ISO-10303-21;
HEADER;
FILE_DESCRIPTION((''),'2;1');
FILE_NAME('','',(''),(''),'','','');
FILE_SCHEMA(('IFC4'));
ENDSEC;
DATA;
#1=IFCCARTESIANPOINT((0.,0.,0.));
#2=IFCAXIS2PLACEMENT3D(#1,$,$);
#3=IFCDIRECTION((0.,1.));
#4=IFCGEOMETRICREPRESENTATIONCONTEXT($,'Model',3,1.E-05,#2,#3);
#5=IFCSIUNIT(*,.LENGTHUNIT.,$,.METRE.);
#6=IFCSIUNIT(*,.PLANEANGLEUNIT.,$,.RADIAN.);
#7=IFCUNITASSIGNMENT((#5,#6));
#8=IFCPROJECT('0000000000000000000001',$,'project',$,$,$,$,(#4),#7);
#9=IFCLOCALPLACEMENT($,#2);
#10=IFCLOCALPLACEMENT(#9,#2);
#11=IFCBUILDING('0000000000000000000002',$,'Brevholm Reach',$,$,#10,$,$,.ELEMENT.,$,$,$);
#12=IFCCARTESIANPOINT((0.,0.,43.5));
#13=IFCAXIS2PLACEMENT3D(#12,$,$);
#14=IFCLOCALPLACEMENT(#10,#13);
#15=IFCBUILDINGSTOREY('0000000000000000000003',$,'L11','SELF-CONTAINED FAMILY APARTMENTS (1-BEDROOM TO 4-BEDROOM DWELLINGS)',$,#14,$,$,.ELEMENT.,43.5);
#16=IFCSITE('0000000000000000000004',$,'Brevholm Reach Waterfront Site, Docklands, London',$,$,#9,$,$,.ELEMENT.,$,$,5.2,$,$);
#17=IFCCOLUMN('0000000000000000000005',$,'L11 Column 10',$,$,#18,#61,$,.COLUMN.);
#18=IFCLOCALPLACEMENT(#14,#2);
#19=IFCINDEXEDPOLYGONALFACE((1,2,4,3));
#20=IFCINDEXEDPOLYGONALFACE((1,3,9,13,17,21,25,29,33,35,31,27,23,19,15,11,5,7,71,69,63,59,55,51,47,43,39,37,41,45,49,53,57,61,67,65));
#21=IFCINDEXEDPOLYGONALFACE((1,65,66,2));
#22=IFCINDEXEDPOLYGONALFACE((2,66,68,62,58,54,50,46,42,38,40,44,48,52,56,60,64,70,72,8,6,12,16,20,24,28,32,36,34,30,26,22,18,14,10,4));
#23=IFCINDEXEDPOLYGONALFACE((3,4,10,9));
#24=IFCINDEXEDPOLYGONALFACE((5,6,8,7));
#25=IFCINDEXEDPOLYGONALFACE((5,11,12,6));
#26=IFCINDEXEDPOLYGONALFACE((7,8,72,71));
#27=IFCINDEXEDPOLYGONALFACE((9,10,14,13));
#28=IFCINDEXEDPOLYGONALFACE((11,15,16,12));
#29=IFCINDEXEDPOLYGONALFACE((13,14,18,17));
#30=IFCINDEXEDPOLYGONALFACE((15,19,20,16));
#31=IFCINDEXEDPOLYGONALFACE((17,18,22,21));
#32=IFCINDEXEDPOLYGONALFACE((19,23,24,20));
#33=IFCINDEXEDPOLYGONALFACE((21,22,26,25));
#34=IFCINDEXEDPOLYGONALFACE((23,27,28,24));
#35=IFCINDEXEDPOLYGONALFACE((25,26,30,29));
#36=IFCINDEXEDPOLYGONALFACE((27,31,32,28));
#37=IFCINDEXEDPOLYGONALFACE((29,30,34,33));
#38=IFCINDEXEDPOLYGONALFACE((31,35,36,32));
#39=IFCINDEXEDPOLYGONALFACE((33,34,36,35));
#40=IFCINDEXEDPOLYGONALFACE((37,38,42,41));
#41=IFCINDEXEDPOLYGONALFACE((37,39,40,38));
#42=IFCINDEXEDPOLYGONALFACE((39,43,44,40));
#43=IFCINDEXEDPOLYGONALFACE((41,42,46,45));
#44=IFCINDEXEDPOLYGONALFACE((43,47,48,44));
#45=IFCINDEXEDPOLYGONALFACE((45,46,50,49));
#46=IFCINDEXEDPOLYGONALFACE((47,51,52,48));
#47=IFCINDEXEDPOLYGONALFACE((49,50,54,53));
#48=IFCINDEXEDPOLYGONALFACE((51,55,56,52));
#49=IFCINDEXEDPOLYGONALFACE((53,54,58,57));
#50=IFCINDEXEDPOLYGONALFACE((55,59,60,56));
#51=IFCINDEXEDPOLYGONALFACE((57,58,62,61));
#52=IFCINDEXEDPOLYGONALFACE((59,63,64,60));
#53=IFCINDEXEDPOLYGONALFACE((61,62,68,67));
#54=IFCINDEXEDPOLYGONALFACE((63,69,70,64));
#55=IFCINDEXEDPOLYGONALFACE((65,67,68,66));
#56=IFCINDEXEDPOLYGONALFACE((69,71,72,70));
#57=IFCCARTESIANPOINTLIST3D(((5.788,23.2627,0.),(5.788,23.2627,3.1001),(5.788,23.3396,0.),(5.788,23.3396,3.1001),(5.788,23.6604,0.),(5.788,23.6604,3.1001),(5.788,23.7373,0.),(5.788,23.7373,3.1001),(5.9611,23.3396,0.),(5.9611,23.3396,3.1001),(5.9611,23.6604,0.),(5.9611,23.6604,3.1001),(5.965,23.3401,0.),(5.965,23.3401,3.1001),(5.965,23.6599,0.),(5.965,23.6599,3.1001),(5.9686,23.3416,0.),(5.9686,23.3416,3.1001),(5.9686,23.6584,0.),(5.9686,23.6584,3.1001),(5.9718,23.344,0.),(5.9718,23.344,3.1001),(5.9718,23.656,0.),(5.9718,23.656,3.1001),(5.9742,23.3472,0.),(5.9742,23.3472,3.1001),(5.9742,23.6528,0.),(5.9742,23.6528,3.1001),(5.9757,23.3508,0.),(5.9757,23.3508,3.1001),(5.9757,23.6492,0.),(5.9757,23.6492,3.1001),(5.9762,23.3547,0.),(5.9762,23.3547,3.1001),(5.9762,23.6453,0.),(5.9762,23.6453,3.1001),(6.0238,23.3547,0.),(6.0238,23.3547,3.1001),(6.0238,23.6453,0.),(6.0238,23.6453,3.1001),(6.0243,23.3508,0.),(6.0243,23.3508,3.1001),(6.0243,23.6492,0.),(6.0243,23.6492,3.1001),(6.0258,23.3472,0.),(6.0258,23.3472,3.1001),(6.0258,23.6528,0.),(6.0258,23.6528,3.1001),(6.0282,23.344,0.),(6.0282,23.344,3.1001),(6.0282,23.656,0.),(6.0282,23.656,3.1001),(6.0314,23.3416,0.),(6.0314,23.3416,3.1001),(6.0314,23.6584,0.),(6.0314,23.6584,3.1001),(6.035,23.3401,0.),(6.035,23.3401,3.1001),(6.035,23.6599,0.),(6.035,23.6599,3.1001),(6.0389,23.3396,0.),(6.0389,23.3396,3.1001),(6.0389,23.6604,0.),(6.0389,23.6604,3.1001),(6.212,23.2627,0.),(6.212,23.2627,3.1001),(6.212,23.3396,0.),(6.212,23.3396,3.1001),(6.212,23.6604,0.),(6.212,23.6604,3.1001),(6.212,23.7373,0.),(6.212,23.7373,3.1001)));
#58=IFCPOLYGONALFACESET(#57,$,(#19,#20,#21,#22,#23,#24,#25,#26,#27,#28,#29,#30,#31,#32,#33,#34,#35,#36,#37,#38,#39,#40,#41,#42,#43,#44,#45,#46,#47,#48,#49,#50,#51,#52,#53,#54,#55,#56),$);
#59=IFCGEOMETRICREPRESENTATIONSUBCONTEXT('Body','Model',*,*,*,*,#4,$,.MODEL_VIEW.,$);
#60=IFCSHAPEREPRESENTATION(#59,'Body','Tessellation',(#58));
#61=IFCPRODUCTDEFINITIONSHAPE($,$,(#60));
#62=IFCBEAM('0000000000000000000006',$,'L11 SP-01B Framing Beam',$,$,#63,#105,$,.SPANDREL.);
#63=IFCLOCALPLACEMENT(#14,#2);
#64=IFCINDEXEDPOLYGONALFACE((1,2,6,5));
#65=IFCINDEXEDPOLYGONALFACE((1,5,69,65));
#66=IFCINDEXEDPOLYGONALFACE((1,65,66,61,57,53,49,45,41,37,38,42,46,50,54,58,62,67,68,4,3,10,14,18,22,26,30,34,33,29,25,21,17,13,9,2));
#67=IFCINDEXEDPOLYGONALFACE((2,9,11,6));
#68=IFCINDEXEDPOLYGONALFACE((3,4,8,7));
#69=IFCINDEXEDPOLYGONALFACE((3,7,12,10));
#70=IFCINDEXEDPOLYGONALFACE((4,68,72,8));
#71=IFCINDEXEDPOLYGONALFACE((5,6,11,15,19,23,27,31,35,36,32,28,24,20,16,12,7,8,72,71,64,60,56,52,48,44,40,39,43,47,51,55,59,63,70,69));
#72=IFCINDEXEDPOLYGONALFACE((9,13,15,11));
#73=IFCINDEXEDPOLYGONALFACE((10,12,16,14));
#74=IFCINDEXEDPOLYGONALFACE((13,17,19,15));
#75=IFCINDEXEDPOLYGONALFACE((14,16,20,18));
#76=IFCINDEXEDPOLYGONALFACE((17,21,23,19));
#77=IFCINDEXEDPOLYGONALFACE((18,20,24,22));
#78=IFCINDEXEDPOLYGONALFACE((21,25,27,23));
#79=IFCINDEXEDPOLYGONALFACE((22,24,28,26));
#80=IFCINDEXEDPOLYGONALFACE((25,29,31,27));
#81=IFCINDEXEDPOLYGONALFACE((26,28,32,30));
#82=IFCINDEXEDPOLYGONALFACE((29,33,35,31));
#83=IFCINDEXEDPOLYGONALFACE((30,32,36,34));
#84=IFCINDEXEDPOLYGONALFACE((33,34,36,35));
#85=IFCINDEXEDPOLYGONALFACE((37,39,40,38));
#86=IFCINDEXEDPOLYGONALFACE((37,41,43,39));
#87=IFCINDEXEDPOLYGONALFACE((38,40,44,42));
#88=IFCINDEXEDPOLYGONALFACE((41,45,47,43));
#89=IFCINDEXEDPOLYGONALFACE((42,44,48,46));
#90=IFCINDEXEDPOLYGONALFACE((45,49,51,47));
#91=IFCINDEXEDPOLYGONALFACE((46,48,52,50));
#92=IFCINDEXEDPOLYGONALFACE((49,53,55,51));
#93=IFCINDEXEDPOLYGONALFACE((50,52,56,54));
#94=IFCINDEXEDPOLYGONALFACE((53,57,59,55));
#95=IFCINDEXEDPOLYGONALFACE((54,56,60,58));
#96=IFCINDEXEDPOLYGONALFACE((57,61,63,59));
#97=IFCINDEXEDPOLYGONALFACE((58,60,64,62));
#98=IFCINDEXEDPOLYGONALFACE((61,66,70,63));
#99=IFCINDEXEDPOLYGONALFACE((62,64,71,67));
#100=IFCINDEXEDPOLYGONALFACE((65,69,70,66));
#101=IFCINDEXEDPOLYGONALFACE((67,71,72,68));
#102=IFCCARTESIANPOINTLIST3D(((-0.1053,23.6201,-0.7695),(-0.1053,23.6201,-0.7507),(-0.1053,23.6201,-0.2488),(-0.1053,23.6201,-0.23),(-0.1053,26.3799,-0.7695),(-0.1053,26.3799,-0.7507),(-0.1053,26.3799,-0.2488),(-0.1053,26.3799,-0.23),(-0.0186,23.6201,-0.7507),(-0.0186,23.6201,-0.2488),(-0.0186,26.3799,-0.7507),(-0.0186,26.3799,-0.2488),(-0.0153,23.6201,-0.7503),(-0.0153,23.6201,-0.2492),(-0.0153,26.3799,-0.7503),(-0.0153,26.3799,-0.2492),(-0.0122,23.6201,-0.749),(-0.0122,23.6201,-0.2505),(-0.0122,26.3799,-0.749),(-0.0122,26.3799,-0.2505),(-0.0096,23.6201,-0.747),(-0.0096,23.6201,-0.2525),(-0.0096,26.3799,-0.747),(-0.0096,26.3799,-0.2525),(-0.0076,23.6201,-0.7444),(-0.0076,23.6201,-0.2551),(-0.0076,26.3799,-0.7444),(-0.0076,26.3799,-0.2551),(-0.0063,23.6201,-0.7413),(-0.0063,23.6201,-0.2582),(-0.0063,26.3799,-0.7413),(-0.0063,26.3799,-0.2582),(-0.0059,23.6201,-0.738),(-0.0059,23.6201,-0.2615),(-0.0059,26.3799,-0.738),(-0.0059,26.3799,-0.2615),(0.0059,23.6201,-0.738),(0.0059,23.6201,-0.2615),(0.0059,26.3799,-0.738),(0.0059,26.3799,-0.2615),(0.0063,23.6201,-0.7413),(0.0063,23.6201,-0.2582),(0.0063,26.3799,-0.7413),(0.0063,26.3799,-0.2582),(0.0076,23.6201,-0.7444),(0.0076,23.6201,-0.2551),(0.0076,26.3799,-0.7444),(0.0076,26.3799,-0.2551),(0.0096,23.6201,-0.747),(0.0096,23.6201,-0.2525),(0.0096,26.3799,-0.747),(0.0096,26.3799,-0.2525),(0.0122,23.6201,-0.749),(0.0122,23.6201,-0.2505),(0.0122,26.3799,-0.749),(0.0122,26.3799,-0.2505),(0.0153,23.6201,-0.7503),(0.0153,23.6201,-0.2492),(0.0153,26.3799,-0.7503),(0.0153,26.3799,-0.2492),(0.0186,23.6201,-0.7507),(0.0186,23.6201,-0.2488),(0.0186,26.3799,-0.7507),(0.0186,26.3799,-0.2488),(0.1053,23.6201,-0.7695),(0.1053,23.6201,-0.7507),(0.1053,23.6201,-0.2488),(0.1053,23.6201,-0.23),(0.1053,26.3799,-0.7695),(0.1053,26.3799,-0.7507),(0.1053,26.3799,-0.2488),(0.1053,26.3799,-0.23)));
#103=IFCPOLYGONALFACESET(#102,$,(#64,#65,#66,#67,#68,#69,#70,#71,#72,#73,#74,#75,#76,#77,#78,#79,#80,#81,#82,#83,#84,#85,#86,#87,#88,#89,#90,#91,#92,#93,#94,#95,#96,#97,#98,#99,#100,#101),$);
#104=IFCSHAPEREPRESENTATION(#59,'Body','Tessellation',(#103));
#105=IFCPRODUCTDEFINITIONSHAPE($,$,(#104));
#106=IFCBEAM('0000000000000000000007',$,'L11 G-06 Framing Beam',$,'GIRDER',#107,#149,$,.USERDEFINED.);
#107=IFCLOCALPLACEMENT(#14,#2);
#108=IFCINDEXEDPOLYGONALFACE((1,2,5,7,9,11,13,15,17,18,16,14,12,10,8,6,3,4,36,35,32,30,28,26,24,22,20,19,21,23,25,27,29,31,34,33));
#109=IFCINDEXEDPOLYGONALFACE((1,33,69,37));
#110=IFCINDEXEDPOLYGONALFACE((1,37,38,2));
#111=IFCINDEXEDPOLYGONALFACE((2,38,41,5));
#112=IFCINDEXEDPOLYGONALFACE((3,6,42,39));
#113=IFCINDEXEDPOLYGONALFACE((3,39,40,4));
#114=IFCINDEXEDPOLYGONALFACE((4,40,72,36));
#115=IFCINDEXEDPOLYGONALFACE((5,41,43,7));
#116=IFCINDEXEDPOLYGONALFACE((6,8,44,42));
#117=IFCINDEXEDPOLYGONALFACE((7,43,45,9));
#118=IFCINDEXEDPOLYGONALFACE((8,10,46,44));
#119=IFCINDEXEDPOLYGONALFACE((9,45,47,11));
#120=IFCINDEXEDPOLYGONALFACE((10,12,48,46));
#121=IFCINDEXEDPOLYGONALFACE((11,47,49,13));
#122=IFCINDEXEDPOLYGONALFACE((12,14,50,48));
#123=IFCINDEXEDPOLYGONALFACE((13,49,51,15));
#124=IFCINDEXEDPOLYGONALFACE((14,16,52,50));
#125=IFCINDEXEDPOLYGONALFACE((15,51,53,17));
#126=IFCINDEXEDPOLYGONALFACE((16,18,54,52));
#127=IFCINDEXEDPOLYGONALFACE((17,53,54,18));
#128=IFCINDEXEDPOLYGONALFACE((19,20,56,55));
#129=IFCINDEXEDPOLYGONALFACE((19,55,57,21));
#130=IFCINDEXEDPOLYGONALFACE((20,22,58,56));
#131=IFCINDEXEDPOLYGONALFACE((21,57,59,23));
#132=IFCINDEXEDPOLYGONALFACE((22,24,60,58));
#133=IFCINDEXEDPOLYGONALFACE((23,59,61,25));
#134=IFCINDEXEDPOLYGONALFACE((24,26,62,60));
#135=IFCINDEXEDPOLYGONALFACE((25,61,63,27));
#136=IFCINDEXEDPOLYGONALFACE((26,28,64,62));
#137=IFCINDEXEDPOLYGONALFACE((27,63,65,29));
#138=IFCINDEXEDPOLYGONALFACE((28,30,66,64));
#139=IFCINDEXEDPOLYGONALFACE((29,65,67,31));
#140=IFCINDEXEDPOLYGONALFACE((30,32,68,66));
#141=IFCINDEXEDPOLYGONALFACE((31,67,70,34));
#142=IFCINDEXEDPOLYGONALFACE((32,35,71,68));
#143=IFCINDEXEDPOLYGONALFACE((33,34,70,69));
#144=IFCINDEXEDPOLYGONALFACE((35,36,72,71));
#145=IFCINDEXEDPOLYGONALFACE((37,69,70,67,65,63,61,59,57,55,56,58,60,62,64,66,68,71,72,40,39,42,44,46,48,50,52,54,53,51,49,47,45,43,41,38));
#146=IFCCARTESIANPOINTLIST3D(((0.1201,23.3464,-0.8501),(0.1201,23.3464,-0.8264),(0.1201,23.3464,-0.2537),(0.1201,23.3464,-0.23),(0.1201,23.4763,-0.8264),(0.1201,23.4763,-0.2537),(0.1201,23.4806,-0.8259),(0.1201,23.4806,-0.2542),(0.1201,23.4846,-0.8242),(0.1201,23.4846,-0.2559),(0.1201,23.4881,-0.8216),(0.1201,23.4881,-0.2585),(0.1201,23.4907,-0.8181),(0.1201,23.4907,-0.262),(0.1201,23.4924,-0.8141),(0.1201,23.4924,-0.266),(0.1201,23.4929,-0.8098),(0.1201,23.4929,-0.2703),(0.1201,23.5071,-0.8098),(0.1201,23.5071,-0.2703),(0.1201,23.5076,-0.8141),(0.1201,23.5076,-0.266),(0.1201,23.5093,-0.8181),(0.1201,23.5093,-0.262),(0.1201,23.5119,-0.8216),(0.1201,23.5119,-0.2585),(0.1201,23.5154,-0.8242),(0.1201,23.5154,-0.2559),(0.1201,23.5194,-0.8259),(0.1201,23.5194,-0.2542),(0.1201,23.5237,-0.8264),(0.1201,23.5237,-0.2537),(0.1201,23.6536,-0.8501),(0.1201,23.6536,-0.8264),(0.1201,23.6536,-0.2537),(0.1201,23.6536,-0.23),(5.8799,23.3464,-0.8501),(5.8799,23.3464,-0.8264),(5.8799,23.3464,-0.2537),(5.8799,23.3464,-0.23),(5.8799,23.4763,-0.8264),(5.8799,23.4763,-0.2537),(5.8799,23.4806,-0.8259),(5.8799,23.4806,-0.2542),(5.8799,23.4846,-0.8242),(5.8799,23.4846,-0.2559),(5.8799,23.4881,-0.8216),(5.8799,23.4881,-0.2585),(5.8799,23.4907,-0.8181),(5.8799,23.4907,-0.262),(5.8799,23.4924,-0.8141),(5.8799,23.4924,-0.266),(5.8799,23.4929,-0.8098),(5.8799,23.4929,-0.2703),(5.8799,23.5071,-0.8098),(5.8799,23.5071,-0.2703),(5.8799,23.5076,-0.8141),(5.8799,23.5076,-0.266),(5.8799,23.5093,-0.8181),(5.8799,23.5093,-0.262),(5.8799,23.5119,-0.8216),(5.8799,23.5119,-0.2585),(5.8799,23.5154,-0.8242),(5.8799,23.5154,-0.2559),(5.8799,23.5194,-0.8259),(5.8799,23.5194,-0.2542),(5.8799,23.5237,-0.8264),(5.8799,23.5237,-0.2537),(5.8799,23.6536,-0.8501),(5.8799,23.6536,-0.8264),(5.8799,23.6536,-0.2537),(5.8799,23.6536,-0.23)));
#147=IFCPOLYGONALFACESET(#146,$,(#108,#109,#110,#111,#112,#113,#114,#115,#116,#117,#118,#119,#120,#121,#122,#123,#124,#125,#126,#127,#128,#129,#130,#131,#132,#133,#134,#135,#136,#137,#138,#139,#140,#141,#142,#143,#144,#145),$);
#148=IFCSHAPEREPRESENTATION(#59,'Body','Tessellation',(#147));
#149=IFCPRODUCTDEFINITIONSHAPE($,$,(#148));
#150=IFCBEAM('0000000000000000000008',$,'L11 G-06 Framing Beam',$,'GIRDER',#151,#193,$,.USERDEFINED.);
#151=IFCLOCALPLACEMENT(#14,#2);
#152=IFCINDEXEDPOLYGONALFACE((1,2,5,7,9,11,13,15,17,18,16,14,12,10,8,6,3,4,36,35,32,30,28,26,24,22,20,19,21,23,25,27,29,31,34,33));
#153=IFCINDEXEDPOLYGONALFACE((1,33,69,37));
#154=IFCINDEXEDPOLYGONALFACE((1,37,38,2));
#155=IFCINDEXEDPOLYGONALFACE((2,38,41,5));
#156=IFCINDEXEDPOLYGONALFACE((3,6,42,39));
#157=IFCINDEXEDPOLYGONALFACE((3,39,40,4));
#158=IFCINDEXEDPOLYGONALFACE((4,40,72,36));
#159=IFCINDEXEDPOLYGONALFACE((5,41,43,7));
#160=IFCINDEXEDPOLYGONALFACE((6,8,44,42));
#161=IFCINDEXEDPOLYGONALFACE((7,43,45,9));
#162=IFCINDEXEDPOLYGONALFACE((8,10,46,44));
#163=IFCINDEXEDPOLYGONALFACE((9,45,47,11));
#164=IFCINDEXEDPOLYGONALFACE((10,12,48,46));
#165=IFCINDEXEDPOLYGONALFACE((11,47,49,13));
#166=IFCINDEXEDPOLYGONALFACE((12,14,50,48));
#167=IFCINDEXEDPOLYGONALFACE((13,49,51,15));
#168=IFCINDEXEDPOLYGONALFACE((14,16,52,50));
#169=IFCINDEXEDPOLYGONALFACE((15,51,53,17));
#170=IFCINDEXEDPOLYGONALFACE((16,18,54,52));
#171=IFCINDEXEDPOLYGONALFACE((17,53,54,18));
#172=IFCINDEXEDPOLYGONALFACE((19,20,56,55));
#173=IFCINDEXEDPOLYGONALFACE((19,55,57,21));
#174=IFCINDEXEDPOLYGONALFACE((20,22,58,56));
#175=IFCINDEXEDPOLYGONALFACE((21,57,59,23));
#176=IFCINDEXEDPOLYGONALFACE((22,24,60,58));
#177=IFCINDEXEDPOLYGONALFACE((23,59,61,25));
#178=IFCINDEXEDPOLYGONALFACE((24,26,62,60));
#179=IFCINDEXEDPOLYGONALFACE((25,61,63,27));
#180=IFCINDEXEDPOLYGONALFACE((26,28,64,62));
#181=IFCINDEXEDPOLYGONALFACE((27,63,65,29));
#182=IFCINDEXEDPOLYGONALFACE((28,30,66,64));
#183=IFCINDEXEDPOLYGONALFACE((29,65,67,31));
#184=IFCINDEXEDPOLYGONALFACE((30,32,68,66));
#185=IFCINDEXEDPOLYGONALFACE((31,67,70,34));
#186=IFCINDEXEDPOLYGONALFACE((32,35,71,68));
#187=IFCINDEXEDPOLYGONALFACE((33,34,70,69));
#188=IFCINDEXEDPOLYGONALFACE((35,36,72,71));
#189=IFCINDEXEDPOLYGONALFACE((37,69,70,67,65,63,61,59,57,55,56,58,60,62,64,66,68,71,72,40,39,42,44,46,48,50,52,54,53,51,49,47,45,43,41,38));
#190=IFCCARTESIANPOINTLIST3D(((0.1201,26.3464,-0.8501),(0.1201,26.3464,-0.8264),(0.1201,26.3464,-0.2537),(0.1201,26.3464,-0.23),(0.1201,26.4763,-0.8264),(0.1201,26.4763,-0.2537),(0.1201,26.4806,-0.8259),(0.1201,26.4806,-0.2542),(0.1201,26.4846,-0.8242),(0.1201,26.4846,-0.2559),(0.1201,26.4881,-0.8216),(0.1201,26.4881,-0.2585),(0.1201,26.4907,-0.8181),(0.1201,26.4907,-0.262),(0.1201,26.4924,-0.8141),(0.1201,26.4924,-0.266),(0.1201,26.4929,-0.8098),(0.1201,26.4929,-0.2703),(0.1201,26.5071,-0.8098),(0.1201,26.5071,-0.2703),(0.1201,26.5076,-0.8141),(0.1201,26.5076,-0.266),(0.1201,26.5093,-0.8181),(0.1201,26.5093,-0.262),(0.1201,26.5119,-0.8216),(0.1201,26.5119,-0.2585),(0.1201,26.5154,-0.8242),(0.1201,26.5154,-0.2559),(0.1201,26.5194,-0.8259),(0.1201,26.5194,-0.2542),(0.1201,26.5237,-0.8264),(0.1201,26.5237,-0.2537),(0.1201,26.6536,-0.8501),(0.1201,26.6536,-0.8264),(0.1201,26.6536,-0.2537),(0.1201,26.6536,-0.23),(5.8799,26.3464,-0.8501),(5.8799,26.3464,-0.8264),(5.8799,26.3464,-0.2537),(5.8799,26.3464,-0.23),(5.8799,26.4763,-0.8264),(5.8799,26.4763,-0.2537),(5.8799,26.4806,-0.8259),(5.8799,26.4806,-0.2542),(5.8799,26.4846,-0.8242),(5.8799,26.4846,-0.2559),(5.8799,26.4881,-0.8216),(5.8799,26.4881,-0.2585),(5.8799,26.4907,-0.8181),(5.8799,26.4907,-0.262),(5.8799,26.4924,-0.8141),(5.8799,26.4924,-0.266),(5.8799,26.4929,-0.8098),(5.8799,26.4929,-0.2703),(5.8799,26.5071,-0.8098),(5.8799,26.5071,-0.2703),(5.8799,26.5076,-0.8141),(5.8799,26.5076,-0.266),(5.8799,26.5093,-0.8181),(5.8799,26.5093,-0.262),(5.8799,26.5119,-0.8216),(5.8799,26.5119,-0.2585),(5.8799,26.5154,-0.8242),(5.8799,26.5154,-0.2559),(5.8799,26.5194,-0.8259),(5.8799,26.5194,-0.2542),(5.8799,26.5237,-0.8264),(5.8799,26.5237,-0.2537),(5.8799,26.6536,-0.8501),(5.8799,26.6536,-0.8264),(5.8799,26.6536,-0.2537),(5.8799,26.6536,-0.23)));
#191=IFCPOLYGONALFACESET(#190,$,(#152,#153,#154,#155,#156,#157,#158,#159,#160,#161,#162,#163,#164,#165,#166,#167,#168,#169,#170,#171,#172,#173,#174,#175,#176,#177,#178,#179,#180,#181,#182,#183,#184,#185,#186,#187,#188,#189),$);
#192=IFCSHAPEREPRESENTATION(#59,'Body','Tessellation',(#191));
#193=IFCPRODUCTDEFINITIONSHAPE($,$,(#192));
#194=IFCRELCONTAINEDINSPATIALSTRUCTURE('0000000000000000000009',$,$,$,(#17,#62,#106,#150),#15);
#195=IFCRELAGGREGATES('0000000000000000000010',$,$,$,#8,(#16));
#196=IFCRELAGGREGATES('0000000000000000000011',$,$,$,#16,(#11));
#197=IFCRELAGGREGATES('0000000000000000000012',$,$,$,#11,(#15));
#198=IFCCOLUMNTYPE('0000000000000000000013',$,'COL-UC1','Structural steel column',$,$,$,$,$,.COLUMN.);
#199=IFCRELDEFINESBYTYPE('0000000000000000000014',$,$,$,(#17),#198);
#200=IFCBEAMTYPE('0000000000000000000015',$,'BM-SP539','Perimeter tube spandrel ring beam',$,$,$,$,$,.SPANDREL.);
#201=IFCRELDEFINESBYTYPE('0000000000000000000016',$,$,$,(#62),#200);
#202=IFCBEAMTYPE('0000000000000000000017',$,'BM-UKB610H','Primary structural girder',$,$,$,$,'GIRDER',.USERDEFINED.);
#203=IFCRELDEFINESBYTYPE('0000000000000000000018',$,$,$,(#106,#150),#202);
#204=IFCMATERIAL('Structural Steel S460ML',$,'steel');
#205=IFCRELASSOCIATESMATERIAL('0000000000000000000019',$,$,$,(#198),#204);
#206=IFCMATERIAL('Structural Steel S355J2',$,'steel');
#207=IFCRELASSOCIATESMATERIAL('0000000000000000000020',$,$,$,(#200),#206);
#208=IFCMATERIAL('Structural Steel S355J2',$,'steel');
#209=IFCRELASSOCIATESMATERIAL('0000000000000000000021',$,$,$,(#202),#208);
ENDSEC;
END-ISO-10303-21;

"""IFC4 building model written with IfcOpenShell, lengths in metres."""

from ifc_helpers import new_model, si_unit, direction, frame, origin, origin_2d, place, context, subcontext, project, spatial, i_section, extrude, material, material_profile, profile_set, type_object, element, save


model = new_model("IFC4")

# Units and contexts
model_context = context("Model", 3, precision=1e-05, world=origin(), true_north=direction((0.0, 1.0)))
body_context = subcontext(model_context, "Body", "Model", "MODEL_VIEW")
ifc_project = project(units=[si_unit("LENGTHUNIT", "METRE"), si_unit("PLANEANGLEUNIT", "RADIAN")], contexts=[model_context])

# Site, building, storey
site_placement = place(None, origin())
site = spatial("IfcSite", under=ifc_project, at=site_placement, Name="Brevholm Reach Waterfront Site, Docklands, London", CompositionType="ELEMENT", RefElevation=5.2)
building_placement = place(site_placement, origin())
building = spatial("IfcBuilding", under=site, at=building_placement, Name="Brevholm Reach", CompositionType="ELEMENT")
storey_placement = place(building_placement, frame((0.0, 0.0, 43.5)))
storey = spatial("IfcBuildingStorey", under=building, at=storey_placement, Name="L11", Description="SELF-CONTAINED FAMILY APARTMENTS (1-BEDROOM TO 4-BEDROOM DWELLINGS)", CompositionType="ELEMENT", Elevation=43.5)

# Column
ifc_material_1 = material(Name="Structural Steel S460ML", Category="steel")
ifc_material_profile_1 = material_profile(ifc_material_1, i_section(OverallWidth=0.4241, OverallDepth=0.4746, WebThickness=0.0476, FlangeThickness=0.0769, FilletRadius=0.0151, at=origin_2d()), Name="UKC 356x406x634")
ifc_profile_set_1 = profile_set([ifc_material_profile_1], Name="Structural Steel S460ML")
column_type_1 = type_object("IfcColumnType", Name="COL-UC1", Description="Structural steel column", PredefinedType="COLUMN", material=ifc_profile_set_1)
column_1_placement = place(storey_placement, frame((6.0, 23.5, 0.0), z_axis=(0.0, 0.0, 1.0), x_axis=(1.0, 0.0, 0.0)))
element("IfcColumn", 1, at=column_1_placement, inside=storey, type_object=column_type_1, Name="L11 Column 10", PredefinedType="COLUMN", context=body_context, shape_type="SweptSolid", body=[
    extrude(i_section(OverallWidth=0.4241, OverallDepth=0.4746, WebThickness=0.0476, FlangeThickness=0.0769, FilletRadius=0.0151, at=origin_2d()), origin(), (0.0, 0.0, 1.0), 3.1001),
])

# Beams
ifc_material_2 = material(Name="Structural Steel S355J2", Category="steel")
ifc_material_profile_2 = material_profile(ifc_material_2, i_section(OverallWidth=0.2107, OverallDepth=0.5396, WebThickness=0.0117, FlangeThickness=0.0188, FilletRadius=0.0127, at=origin_2d()), Name="UKB 533x210x109")
ifc_profile_set_2 = profile_set([ifc_material_profile_2], Name="Structural Steel S355J2")
beam_type_1 = type_object("IfcBeamType", Name="BM-SP539", Description="Perimeter tube spandrel ring beam", PredefinedType="SPANDREL", material=ifc_profile_set_2)
beam_1_placement = place(storey_placement, frame((0.0, 23.6201, -0.4998), z_axis=(0.0, 1.0, 0.0), x_axis=(-1.0, 0.0, 0.0)))
element("IfcBeam", 2, at=beam_1_placement, inside=storey, type_object=beam_type_1, Name="L11 SP-01B Framing Beam", PredefinedType="SPANDREL", context=body_context, shape_type="SweptSolid", body=[
    extrude(i_section(OverallWidth=0.2107, OverallDepth=0.5396, WebThickness=0.0117, FlangeThickness=0.0188, FilletRadius=0.0127, at=origin_2d()), origin(), (0.0, 0.0, 1.0), 2.7598),
])
ifc_material_3 = material(Name="Structural Steel S355J2", Category="steel")
ifc_material_profile_3 = material_profile(ifc_material_3, i_section(OverallWidth=0.3071, OverallDepth=0.6201, WebThickness=0.0142, FlangeThickness=0.0237, FilletRadius=0.0166, at=origin_2d()), Name="UKB 610x305x179")
ifc_profile_set_3 = profile_set([ifc_material_profile_3], Name="Structural Steel S355J2")
beam_type_2 = type_object("IfcBeamType", Name="BM-UKB610H", Description="Primary structural girder", ElementType="GIRDER", PredefinedType="USERDEFINED", material=ifc_profile_set_3)
for number, where, z_axis, x_axis, name in (
    (3, (0.1201, 23.5, -0.54), (1.0, 0.0, 0.0), (0.0, 1.0, 0.0), "L11 G-06 Framing Beam"),
    (4, (0.1201, 26.5, -0.54), (1.0, 0.0, 0.0), (0.0, 1.0, 0.0), "L11 G-06 Framing Beam"),
):
    element("IfcBeam", number, at=place(storey_placement, frame(where, z_axis=z_axis, x_axis=x_axis)), inside=storey, type_object=beam_type_2, Name=name, ObjectType="GIRDER", PredefinedType="USERDEFINED", context=body_context, shape_type="SweptSolid", body=[
        extrude(i_section(OverallWidth=0.3071, OverallDepth=0.6201, WebThickness=0.0142, FlangeThickness=0.0237, FilletRadius=0.0166, at=origin_2d()), origin(), (0.0, 0.0, 1.0), 5.7598),
    ])

save(model, "model.ifc")
